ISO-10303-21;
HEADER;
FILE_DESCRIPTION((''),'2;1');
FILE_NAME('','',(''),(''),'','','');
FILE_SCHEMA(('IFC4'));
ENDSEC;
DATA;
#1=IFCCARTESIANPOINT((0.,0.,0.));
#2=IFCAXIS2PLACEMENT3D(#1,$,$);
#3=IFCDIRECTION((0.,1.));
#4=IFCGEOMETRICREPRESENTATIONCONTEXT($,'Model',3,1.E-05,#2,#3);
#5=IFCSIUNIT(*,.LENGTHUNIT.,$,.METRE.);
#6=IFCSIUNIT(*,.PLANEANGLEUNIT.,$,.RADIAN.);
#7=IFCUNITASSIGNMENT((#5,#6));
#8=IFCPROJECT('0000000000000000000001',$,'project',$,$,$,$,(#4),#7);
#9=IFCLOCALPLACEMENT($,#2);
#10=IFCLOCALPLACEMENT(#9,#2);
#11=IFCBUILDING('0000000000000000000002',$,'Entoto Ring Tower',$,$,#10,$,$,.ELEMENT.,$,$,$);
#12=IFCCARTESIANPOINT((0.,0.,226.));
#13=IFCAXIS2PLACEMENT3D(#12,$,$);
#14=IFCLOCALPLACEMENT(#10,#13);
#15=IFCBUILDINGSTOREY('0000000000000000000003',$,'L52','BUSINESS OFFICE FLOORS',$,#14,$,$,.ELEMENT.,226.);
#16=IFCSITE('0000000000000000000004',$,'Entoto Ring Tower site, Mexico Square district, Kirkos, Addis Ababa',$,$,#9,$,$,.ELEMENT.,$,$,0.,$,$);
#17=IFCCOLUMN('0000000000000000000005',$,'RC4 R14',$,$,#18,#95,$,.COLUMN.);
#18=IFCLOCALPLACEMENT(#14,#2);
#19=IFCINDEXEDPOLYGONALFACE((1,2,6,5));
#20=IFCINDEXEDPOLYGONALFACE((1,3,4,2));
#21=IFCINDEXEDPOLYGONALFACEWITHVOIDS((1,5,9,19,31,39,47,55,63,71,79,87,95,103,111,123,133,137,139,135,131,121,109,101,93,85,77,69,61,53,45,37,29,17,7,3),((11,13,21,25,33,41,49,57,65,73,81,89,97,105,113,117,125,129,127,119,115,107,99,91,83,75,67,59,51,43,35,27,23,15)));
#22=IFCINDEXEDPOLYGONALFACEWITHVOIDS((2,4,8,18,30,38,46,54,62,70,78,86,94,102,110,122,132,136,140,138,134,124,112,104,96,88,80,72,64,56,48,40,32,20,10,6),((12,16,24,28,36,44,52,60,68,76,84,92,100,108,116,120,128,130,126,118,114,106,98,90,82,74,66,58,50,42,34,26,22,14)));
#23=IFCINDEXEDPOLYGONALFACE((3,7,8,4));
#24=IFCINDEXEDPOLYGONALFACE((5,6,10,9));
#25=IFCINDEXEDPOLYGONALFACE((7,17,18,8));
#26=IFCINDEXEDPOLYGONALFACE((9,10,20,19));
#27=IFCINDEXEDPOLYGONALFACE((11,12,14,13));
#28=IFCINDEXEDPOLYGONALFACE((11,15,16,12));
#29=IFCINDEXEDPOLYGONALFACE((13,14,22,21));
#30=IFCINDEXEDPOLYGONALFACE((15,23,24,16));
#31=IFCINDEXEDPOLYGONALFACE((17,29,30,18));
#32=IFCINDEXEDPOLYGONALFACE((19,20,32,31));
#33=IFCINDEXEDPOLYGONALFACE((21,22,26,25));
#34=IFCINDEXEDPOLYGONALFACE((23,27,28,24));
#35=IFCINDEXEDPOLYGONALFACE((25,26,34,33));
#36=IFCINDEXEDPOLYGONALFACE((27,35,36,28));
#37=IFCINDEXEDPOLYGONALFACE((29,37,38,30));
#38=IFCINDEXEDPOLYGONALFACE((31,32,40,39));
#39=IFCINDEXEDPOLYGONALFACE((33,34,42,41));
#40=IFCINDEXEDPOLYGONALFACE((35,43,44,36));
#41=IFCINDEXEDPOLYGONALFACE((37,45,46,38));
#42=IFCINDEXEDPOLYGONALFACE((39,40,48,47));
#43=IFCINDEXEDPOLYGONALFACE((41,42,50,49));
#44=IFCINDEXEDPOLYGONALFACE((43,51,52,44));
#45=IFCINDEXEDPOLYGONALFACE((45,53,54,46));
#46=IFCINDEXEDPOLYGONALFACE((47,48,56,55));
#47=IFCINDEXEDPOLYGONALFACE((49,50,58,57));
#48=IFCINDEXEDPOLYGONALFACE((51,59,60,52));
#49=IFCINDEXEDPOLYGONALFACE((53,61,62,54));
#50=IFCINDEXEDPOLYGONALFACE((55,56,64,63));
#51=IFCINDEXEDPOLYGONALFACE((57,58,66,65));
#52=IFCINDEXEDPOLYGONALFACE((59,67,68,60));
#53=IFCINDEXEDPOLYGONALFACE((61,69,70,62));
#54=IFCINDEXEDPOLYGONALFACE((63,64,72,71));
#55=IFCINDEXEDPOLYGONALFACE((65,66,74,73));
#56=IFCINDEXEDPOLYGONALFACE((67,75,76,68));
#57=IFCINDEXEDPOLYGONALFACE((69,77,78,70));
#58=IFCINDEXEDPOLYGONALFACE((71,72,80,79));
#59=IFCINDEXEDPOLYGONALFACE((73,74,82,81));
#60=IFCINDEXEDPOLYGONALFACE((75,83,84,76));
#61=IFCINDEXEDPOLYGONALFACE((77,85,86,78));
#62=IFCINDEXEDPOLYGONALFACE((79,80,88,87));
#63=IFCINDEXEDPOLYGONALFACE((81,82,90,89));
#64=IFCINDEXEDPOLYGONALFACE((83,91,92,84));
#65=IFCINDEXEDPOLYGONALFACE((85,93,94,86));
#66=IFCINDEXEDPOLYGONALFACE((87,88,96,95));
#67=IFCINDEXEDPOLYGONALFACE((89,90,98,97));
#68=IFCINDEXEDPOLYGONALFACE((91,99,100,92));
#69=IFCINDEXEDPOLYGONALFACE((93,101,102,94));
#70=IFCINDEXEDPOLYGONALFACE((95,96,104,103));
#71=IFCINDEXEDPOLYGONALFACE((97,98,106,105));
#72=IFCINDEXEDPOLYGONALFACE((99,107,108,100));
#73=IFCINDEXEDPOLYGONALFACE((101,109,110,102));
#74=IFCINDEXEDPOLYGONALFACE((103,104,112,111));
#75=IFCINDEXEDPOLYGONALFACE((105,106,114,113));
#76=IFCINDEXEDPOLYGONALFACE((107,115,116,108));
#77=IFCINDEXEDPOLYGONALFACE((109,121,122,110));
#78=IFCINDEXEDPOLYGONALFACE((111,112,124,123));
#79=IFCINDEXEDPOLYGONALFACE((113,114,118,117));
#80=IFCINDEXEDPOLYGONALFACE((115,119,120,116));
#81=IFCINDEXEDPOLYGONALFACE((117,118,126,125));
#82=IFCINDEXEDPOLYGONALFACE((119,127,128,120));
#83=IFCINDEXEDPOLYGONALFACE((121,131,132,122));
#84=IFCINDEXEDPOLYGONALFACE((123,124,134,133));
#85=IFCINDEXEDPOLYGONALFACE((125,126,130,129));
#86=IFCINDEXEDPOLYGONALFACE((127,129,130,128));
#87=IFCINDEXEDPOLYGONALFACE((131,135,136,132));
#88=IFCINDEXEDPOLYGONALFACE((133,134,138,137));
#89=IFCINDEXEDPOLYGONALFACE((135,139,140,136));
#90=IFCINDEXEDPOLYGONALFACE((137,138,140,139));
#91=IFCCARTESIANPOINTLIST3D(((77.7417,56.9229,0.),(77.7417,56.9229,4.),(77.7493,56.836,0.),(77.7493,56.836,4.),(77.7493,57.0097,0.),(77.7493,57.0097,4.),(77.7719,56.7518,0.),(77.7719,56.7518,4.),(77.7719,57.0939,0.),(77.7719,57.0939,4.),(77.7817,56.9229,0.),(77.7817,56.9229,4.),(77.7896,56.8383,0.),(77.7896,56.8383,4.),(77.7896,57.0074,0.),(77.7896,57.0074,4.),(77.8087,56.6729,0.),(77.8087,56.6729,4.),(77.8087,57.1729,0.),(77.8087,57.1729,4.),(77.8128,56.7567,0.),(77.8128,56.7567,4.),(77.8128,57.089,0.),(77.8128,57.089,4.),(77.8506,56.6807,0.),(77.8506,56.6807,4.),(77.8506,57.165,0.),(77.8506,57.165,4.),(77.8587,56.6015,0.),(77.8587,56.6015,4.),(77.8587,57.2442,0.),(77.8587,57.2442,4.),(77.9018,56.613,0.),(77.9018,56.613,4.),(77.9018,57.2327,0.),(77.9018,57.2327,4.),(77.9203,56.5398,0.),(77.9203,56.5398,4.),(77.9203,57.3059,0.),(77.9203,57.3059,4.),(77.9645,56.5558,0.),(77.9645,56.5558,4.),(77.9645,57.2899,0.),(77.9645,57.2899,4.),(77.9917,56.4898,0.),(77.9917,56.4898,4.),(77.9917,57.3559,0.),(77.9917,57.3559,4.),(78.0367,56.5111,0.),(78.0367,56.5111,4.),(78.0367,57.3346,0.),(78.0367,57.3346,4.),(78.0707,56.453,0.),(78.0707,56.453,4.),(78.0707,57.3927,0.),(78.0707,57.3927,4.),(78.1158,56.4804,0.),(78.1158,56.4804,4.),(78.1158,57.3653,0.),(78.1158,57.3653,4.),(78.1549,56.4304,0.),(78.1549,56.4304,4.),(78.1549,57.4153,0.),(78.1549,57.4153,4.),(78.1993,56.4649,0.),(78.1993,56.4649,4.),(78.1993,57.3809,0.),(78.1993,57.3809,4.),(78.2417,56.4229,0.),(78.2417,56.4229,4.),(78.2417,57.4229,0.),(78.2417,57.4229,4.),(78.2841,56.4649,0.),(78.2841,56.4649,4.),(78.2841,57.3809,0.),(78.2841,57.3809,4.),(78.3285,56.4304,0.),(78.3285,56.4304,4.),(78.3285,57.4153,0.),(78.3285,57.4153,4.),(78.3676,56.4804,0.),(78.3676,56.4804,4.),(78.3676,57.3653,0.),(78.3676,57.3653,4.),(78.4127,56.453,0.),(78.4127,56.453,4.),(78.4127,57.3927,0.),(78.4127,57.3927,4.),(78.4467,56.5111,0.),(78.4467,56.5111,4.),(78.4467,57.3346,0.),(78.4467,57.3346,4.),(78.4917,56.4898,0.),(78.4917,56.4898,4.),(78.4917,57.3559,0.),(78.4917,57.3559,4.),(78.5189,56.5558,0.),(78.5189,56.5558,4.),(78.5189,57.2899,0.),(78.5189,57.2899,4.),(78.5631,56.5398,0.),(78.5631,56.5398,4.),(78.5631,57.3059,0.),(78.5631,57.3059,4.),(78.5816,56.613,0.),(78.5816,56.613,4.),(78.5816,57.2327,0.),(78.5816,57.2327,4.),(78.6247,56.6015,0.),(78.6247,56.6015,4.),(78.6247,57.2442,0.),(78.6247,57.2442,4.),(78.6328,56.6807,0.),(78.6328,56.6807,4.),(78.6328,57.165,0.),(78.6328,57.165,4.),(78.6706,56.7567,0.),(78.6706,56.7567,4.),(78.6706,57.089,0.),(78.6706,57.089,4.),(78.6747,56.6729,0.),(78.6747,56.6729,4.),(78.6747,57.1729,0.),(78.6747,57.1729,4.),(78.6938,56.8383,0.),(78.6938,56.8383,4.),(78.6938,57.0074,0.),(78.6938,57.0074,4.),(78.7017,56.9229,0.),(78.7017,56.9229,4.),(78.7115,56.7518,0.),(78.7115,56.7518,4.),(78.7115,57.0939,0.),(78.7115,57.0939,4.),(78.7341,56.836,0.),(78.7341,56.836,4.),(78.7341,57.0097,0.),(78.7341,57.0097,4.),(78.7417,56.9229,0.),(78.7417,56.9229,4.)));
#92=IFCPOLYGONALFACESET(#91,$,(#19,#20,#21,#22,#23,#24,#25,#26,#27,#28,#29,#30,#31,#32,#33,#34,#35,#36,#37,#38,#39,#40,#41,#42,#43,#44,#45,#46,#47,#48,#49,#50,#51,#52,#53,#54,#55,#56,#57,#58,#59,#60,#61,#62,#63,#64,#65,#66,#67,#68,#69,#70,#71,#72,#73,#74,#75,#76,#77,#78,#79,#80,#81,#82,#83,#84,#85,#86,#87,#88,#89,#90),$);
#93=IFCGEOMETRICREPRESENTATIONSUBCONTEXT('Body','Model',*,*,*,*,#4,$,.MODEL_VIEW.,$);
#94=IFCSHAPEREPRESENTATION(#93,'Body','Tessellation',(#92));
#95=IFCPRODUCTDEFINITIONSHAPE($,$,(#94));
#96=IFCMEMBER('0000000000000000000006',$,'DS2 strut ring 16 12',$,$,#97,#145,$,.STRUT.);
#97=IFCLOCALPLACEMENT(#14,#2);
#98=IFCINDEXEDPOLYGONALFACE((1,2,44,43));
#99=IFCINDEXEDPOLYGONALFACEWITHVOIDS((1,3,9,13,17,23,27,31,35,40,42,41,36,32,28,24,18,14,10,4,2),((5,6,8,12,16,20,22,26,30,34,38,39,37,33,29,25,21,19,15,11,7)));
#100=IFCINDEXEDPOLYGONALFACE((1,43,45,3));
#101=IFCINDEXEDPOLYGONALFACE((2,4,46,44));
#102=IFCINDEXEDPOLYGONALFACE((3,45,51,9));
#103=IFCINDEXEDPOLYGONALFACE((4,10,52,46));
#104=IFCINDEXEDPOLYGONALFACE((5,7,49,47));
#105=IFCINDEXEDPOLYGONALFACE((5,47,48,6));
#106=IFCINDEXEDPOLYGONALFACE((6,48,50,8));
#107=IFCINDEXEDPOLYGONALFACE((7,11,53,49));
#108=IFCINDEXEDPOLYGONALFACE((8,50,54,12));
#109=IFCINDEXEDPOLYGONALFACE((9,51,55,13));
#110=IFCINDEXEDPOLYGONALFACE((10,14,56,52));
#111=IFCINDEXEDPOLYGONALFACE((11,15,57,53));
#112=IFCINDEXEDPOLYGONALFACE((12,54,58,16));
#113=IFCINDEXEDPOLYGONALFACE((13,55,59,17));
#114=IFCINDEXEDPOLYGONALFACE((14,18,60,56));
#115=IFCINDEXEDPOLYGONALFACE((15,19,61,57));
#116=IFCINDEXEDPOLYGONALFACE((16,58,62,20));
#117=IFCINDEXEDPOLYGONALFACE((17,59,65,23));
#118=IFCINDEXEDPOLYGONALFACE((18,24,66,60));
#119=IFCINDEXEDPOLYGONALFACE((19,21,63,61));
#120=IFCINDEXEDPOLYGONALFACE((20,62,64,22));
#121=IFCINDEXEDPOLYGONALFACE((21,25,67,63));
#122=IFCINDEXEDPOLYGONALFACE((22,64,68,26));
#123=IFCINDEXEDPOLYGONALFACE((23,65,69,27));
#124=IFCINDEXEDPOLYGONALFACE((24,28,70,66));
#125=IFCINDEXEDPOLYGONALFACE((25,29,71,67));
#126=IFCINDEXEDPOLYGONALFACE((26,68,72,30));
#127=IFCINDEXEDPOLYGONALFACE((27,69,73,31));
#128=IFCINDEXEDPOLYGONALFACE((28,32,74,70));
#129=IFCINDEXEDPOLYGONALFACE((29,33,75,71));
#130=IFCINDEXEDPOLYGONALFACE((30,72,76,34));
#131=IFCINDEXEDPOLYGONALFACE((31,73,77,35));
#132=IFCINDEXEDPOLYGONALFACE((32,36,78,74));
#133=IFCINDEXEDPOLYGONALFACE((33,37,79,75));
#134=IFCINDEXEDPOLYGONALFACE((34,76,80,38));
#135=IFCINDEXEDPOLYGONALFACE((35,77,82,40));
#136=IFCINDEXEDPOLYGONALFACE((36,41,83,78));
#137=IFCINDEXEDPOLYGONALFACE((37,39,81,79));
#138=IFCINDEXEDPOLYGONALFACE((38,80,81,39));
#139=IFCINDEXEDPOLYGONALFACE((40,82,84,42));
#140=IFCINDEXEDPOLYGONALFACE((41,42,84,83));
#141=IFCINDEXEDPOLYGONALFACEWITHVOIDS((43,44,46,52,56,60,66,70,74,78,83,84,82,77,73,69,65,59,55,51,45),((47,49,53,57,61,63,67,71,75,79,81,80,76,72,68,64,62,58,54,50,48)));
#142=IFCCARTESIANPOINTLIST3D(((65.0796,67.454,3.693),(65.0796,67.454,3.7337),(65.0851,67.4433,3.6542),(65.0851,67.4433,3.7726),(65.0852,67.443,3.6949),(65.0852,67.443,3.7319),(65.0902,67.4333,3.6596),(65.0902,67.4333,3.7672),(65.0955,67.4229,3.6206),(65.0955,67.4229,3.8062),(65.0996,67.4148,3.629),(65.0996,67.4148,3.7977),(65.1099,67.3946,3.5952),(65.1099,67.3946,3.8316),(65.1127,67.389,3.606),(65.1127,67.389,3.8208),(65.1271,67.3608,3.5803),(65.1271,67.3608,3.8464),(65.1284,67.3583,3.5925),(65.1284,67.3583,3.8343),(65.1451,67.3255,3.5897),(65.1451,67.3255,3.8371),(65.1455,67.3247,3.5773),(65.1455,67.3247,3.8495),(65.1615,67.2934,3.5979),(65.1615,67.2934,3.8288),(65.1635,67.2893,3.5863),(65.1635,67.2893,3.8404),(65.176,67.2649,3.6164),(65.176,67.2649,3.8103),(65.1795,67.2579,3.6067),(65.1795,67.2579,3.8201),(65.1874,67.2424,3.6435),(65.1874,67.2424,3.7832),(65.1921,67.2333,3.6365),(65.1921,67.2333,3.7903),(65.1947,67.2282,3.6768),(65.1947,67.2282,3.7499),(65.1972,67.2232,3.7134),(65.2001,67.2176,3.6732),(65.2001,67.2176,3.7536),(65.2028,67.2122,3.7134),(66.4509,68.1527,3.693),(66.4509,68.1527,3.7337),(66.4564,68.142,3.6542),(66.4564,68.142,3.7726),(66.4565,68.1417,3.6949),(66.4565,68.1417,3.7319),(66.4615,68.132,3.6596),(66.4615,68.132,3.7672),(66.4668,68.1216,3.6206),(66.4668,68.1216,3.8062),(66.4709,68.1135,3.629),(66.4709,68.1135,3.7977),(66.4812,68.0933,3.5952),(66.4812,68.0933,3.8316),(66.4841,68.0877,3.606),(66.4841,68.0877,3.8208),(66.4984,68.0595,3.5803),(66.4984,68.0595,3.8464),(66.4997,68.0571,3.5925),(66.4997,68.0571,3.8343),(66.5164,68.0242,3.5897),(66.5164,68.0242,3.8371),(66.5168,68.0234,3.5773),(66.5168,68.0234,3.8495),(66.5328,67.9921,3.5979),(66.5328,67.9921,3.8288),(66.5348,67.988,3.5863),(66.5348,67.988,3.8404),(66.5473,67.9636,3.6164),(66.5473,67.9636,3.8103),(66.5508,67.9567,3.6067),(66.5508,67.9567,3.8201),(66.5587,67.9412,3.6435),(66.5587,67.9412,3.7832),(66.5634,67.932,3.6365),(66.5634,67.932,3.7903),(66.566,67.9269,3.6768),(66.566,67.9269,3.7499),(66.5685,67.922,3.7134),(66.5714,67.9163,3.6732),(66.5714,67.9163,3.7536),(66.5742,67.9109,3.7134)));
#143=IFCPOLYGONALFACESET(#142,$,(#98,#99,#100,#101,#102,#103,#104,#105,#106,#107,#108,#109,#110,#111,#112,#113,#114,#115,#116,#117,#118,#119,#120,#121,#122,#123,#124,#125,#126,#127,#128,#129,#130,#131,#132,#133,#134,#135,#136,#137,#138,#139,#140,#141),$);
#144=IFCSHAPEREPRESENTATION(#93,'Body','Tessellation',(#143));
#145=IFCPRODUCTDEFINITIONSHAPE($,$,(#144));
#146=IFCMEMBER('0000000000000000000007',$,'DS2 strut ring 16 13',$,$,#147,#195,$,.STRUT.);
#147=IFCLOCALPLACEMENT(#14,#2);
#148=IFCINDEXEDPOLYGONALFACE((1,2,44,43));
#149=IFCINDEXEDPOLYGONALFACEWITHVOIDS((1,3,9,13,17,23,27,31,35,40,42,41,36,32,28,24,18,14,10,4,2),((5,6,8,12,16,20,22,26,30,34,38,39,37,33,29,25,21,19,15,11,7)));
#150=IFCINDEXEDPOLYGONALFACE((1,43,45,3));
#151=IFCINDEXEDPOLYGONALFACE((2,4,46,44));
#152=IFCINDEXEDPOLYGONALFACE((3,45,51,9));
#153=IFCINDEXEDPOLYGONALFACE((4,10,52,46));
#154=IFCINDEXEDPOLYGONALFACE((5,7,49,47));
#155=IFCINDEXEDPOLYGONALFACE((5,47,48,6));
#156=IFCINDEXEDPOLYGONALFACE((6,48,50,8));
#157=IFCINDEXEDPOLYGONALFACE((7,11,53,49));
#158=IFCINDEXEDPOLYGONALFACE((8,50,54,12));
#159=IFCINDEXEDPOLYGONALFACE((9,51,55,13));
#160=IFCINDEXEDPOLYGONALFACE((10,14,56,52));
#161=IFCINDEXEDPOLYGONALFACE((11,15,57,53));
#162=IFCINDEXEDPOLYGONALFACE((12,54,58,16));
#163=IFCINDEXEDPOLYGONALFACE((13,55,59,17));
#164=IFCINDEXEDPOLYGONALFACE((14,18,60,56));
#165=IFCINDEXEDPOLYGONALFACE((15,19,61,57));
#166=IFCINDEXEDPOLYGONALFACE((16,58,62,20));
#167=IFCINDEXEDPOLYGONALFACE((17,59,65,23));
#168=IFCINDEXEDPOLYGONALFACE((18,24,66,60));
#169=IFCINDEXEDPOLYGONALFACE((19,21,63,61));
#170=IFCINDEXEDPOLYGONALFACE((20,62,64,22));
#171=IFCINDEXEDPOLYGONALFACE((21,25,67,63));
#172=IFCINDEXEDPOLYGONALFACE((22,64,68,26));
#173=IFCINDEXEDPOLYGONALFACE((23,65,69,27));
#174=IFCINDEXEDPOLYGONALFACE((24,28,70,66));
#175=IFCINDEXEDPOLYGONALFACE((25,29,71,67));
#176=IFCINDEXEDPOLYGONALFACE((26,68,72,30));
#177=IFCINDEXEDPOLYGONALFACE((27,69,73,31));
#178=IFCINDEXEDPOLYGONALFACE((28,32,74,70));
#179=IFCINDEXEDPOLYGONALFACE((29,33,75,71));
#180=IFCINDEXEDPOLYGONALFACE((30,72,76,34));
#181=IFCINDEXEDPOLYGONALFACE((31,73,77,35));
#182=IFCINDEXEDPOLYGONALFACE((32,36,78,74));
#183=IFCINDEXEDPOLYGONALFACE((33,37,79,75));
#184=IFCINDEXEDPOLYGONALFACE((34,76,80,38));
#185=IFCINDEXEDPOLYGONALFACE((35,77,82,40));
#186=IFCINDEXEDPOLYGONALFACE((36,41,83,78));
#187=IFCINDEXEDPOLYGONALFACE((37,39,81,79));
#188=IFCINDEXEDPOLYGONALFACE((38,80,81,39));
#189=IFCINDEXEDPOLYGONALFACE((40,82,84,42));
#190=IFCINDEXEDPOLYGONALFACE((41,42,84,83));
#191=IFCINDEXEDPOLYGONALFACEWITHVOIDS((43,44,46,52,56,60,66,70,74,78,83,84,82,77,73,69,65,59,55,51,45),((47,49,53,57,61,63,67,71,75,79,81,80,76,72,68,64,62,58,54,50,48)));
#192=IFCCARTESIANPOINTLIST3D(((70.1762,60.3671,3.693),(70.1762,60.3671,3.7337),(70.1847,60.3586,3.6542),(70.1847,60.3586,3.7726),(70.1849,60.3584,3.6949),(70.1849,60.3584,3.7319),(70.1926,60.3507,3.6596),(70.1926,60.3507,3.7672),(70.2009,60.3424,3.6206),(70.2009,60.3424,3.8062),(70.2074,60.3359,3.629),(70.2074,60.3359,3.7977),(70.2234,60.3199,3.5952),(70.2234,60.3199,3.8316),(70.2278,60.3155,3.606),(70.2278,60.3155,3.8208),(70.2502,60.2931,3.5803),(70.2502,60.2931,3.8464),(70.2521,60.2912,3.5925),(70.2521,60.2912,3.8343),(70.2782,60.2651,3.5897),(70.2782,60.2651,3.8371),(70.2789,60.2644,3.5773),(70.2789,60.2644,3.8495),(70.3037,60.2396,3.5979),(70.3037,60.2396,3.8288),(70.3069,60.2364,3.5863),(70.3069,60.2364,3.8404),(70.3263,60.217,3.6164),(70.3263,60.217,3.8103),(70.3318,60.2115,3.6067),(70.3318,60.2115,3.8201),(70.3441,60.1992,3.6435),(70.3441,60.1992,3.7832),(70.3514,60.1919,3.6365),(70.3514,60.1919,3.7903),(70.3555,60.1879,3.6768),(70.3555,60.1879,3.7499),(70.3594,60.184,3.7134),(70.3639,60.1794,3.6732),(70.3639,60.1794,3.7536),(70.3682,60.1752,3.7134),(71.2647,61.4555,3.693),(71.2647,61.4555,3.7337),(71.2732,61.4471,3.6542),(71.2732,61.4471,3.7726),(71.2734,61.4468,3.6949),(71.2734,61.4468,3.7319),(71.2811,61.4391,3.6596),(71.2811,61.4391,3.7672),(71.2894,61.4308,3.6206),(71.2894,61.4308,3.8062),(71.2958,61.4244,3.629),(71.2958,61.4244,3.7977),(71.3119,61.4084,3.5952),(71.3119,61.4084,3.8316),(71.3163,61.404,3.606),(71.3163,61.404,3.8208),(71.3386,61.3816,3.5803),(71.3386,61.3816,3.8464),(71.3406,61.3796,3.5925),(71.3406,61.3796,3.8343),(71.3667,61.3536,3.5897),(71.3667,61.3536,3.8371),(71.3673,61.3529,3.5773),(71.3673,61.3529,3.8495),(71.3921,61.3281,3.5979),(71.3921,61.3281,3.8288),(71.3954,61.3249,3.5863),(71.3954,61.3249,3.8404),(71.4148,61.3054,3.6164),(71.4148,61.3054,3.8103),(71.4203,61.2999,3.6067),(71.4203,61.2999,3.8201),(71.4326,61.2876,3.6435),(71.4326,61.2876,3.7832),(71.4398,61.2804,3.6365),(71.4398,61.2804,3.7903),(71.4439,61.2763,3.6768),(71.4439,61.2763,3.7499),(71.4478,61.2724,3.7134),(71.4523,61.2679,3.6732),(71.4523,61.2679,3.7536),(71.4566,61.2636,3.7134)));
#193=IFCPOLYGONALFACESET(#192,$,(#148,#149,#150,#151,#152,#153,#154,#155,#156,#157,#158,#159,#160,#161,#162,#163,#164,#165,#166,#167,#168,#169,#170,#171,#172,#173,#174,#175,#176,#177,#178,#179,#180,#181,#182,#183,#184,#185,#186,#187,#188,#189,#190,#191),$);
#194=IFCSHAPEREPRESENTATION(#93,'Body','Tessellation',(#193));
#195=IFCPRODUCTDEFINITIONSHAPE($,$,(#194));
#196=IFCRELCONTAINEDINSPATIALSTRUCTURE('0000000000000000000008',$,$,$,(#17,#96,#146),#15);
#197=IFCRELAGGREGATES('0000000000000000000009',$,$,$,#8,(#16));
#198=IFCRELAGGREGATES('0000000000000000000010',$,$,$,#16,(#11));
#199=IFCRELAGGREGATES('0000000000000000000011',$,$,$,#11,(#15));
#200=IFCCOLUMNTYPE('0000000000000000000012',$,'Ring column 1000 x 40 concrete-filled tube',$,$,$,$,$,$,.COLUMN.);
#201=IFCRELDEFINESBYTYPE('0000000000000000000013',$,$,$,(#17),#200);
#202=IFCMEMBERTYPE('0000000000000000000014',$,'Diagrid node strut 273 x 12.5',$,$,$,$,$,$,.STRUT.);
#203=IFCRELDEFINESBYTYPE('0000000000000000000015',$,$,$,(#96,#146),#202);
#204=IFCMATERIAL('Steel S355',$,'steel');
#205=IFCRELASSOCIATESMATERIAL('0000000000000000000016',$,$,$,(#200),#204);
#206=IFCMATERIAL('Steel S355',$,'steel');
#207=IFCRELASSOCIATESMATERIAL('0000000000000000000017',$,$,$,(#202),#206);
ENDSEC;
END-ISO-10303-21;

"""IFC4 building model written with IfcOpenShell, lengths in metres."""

from ifc_helpers import new_model, si_unit, direction, frame, origin, origin_2d, place, context, subcontext, project, spatial, circle, hollow_circle, extrude, material, material_profile, profile_set, type_object, element, save


model = new_model("IFC4")

# Units and contexts
model_context = context("Model", 3, precision=1e-05, world=origin(), true_north=direction((0.0, 1.0)))
body_context = subcontext(model_context, "Body", "Model", "MODEL_VIEW")
ifc_project = project(units=[si_unit("LENGTHUNIT", "METRE"), si_unit("PLANEANGLEUNIT", "RADIAN")], contexts=[model_context])

# Site, building, storey
site_placement = place(None, origin())
site = spatial("IfcSite", under=ifc_project, at=site_placement, Name="Entoto Ring Tower site, Mexico Square district, Kirkos, Addis Ababa", CompositionType="ELEMENT", RefElevation=0.0)
building_placement = place(site_placement, origin())
building = spatial("IfcBuilding", under=site, at=building_placement, Name="Entoto Ring Tower", CompositionType="ELEMENT")
storey_placement = place(building_placement, frame((0.0, 0.0, 226.0)))
storey = spatial("IfcBuildingStorey", under=building, at=storey_placement, Name="L52", Description="BUSINESS OFFICE FLOORS", CompositionType="ELEMENT", Elevation=226.0)

# Column
ifc_material_1 = material(Name="Steel S355", Category="steel")
ifc_material_profile_1 = material_profile(ifc_material_1, hollow_circle(Radius=0.5, WallThickness=0.04, at=origin_2d()), Name="CHS 1000 x 40")
ifc_material_2 = material(Name="Concrete C60/75", Category="concrete")
ifc_material_profile_2 = material_profile(ifc_material_2, circle(Radius=0.46, at=origin_2d()), Name="Concrete C60/75 infill")
ifc_profile_set_1 = profile_set([ifc_material_profile_1, ifc_material_profile_2], Name="Steel S355")
column_type = type_object("IfcColumnType", Name="Ring column 1000 x 40 concrete-filled tube", PredefinedType="COLUMN", material=ifc_profile_set_1)
for number, where, z_axis, x_axis, name in (
    (1, (78.2417, 56.9229, 0.0), (0.0, 0.0, 1.0), (1.0, 0.0, 0.0), "RC4 R14"),
):
    element("IfcColumn", number, at=place(storey_placement, frame(where, z_axis=z_axis, x_axis=x_axis)), inside=storey, type_object=column_type, Name=name, PredefinedType="COLUMN", context=body_context, shape_type="SweptSolid", body=[
        extrude(hollow_circle(Radius=0.5, WallThickness=0.04, at=origin_2d()), origin(), (0.0, 0.0, 1.0), 4.0),
    ])

# Members
ifc_material_3 = material(Name="Steel S355", Category="steel")
ifc_material_profile_3 = material_profile(ifc_material_3, hollow_circle(Radius=0.1365, WallThickness=0.0125, at=origin_2d()), Name="CHS 273 x 12.5")
ifc_material_4 = material(Name="Concrete C60/75", Category="concrete")
ifc_material_profile_4 = material_profile(ifc_material_4, circle(Radius=0.124, at=origin_2d()), Name="Concrete C60/75 infill")
ifc_profile_set_2 = profile_set([ifc_material_profile_3, ifc_material_profile_4], Name="Steel S355")
member_type = type_object("IfcMemberType", Name="Diagrid node strut 273 x 12.5", PredefinedType="STRUT", material=ifc_profile_set_2)
member_1_placement = place(storey_placement, frame((66.5122, 68.0325, 3.7134), z_axis=(-0.891007, -0.45399, 0.0), x_axis=(0.45399, -0.891007, 0.0)))
element("IfcMember", 2, at=member_1_placement, inside=storey, type_object=member_type, Name="DS2 strut ring 16 12", PredefinedType="STRUT", context=body_context, shape_type="SweptSolid", body=[
    extrude(hollow_circle(Radius=0.1365, WallThickness=0.0125, at=origin_2d()), origin(), (0.0, 0.0, 1.0), 1.5391),
])
member_2_placement = place(storey_placement, frame((71.3601, 61.3601, 3.7134), z_axis=(-0.707107, -0.707107, 0.0), x_axis=(0.707107, -0.707107, 0.0)))
element("IfcMember", 3, at=member_2_placement, inside=storey, type_object=member_type, Name="DS2 strut ring 16 13", PredefinedType="STRUT", context=body_context, shape_type="SweptSolid", body=[
    extrude(hollow_circle(Radius=0.1365, WallThickness=0.0125, at=origin_2d()), origin(), (0.0, 0.0, 1.0), 1.5393),
])

save(model, "model.ifc")
